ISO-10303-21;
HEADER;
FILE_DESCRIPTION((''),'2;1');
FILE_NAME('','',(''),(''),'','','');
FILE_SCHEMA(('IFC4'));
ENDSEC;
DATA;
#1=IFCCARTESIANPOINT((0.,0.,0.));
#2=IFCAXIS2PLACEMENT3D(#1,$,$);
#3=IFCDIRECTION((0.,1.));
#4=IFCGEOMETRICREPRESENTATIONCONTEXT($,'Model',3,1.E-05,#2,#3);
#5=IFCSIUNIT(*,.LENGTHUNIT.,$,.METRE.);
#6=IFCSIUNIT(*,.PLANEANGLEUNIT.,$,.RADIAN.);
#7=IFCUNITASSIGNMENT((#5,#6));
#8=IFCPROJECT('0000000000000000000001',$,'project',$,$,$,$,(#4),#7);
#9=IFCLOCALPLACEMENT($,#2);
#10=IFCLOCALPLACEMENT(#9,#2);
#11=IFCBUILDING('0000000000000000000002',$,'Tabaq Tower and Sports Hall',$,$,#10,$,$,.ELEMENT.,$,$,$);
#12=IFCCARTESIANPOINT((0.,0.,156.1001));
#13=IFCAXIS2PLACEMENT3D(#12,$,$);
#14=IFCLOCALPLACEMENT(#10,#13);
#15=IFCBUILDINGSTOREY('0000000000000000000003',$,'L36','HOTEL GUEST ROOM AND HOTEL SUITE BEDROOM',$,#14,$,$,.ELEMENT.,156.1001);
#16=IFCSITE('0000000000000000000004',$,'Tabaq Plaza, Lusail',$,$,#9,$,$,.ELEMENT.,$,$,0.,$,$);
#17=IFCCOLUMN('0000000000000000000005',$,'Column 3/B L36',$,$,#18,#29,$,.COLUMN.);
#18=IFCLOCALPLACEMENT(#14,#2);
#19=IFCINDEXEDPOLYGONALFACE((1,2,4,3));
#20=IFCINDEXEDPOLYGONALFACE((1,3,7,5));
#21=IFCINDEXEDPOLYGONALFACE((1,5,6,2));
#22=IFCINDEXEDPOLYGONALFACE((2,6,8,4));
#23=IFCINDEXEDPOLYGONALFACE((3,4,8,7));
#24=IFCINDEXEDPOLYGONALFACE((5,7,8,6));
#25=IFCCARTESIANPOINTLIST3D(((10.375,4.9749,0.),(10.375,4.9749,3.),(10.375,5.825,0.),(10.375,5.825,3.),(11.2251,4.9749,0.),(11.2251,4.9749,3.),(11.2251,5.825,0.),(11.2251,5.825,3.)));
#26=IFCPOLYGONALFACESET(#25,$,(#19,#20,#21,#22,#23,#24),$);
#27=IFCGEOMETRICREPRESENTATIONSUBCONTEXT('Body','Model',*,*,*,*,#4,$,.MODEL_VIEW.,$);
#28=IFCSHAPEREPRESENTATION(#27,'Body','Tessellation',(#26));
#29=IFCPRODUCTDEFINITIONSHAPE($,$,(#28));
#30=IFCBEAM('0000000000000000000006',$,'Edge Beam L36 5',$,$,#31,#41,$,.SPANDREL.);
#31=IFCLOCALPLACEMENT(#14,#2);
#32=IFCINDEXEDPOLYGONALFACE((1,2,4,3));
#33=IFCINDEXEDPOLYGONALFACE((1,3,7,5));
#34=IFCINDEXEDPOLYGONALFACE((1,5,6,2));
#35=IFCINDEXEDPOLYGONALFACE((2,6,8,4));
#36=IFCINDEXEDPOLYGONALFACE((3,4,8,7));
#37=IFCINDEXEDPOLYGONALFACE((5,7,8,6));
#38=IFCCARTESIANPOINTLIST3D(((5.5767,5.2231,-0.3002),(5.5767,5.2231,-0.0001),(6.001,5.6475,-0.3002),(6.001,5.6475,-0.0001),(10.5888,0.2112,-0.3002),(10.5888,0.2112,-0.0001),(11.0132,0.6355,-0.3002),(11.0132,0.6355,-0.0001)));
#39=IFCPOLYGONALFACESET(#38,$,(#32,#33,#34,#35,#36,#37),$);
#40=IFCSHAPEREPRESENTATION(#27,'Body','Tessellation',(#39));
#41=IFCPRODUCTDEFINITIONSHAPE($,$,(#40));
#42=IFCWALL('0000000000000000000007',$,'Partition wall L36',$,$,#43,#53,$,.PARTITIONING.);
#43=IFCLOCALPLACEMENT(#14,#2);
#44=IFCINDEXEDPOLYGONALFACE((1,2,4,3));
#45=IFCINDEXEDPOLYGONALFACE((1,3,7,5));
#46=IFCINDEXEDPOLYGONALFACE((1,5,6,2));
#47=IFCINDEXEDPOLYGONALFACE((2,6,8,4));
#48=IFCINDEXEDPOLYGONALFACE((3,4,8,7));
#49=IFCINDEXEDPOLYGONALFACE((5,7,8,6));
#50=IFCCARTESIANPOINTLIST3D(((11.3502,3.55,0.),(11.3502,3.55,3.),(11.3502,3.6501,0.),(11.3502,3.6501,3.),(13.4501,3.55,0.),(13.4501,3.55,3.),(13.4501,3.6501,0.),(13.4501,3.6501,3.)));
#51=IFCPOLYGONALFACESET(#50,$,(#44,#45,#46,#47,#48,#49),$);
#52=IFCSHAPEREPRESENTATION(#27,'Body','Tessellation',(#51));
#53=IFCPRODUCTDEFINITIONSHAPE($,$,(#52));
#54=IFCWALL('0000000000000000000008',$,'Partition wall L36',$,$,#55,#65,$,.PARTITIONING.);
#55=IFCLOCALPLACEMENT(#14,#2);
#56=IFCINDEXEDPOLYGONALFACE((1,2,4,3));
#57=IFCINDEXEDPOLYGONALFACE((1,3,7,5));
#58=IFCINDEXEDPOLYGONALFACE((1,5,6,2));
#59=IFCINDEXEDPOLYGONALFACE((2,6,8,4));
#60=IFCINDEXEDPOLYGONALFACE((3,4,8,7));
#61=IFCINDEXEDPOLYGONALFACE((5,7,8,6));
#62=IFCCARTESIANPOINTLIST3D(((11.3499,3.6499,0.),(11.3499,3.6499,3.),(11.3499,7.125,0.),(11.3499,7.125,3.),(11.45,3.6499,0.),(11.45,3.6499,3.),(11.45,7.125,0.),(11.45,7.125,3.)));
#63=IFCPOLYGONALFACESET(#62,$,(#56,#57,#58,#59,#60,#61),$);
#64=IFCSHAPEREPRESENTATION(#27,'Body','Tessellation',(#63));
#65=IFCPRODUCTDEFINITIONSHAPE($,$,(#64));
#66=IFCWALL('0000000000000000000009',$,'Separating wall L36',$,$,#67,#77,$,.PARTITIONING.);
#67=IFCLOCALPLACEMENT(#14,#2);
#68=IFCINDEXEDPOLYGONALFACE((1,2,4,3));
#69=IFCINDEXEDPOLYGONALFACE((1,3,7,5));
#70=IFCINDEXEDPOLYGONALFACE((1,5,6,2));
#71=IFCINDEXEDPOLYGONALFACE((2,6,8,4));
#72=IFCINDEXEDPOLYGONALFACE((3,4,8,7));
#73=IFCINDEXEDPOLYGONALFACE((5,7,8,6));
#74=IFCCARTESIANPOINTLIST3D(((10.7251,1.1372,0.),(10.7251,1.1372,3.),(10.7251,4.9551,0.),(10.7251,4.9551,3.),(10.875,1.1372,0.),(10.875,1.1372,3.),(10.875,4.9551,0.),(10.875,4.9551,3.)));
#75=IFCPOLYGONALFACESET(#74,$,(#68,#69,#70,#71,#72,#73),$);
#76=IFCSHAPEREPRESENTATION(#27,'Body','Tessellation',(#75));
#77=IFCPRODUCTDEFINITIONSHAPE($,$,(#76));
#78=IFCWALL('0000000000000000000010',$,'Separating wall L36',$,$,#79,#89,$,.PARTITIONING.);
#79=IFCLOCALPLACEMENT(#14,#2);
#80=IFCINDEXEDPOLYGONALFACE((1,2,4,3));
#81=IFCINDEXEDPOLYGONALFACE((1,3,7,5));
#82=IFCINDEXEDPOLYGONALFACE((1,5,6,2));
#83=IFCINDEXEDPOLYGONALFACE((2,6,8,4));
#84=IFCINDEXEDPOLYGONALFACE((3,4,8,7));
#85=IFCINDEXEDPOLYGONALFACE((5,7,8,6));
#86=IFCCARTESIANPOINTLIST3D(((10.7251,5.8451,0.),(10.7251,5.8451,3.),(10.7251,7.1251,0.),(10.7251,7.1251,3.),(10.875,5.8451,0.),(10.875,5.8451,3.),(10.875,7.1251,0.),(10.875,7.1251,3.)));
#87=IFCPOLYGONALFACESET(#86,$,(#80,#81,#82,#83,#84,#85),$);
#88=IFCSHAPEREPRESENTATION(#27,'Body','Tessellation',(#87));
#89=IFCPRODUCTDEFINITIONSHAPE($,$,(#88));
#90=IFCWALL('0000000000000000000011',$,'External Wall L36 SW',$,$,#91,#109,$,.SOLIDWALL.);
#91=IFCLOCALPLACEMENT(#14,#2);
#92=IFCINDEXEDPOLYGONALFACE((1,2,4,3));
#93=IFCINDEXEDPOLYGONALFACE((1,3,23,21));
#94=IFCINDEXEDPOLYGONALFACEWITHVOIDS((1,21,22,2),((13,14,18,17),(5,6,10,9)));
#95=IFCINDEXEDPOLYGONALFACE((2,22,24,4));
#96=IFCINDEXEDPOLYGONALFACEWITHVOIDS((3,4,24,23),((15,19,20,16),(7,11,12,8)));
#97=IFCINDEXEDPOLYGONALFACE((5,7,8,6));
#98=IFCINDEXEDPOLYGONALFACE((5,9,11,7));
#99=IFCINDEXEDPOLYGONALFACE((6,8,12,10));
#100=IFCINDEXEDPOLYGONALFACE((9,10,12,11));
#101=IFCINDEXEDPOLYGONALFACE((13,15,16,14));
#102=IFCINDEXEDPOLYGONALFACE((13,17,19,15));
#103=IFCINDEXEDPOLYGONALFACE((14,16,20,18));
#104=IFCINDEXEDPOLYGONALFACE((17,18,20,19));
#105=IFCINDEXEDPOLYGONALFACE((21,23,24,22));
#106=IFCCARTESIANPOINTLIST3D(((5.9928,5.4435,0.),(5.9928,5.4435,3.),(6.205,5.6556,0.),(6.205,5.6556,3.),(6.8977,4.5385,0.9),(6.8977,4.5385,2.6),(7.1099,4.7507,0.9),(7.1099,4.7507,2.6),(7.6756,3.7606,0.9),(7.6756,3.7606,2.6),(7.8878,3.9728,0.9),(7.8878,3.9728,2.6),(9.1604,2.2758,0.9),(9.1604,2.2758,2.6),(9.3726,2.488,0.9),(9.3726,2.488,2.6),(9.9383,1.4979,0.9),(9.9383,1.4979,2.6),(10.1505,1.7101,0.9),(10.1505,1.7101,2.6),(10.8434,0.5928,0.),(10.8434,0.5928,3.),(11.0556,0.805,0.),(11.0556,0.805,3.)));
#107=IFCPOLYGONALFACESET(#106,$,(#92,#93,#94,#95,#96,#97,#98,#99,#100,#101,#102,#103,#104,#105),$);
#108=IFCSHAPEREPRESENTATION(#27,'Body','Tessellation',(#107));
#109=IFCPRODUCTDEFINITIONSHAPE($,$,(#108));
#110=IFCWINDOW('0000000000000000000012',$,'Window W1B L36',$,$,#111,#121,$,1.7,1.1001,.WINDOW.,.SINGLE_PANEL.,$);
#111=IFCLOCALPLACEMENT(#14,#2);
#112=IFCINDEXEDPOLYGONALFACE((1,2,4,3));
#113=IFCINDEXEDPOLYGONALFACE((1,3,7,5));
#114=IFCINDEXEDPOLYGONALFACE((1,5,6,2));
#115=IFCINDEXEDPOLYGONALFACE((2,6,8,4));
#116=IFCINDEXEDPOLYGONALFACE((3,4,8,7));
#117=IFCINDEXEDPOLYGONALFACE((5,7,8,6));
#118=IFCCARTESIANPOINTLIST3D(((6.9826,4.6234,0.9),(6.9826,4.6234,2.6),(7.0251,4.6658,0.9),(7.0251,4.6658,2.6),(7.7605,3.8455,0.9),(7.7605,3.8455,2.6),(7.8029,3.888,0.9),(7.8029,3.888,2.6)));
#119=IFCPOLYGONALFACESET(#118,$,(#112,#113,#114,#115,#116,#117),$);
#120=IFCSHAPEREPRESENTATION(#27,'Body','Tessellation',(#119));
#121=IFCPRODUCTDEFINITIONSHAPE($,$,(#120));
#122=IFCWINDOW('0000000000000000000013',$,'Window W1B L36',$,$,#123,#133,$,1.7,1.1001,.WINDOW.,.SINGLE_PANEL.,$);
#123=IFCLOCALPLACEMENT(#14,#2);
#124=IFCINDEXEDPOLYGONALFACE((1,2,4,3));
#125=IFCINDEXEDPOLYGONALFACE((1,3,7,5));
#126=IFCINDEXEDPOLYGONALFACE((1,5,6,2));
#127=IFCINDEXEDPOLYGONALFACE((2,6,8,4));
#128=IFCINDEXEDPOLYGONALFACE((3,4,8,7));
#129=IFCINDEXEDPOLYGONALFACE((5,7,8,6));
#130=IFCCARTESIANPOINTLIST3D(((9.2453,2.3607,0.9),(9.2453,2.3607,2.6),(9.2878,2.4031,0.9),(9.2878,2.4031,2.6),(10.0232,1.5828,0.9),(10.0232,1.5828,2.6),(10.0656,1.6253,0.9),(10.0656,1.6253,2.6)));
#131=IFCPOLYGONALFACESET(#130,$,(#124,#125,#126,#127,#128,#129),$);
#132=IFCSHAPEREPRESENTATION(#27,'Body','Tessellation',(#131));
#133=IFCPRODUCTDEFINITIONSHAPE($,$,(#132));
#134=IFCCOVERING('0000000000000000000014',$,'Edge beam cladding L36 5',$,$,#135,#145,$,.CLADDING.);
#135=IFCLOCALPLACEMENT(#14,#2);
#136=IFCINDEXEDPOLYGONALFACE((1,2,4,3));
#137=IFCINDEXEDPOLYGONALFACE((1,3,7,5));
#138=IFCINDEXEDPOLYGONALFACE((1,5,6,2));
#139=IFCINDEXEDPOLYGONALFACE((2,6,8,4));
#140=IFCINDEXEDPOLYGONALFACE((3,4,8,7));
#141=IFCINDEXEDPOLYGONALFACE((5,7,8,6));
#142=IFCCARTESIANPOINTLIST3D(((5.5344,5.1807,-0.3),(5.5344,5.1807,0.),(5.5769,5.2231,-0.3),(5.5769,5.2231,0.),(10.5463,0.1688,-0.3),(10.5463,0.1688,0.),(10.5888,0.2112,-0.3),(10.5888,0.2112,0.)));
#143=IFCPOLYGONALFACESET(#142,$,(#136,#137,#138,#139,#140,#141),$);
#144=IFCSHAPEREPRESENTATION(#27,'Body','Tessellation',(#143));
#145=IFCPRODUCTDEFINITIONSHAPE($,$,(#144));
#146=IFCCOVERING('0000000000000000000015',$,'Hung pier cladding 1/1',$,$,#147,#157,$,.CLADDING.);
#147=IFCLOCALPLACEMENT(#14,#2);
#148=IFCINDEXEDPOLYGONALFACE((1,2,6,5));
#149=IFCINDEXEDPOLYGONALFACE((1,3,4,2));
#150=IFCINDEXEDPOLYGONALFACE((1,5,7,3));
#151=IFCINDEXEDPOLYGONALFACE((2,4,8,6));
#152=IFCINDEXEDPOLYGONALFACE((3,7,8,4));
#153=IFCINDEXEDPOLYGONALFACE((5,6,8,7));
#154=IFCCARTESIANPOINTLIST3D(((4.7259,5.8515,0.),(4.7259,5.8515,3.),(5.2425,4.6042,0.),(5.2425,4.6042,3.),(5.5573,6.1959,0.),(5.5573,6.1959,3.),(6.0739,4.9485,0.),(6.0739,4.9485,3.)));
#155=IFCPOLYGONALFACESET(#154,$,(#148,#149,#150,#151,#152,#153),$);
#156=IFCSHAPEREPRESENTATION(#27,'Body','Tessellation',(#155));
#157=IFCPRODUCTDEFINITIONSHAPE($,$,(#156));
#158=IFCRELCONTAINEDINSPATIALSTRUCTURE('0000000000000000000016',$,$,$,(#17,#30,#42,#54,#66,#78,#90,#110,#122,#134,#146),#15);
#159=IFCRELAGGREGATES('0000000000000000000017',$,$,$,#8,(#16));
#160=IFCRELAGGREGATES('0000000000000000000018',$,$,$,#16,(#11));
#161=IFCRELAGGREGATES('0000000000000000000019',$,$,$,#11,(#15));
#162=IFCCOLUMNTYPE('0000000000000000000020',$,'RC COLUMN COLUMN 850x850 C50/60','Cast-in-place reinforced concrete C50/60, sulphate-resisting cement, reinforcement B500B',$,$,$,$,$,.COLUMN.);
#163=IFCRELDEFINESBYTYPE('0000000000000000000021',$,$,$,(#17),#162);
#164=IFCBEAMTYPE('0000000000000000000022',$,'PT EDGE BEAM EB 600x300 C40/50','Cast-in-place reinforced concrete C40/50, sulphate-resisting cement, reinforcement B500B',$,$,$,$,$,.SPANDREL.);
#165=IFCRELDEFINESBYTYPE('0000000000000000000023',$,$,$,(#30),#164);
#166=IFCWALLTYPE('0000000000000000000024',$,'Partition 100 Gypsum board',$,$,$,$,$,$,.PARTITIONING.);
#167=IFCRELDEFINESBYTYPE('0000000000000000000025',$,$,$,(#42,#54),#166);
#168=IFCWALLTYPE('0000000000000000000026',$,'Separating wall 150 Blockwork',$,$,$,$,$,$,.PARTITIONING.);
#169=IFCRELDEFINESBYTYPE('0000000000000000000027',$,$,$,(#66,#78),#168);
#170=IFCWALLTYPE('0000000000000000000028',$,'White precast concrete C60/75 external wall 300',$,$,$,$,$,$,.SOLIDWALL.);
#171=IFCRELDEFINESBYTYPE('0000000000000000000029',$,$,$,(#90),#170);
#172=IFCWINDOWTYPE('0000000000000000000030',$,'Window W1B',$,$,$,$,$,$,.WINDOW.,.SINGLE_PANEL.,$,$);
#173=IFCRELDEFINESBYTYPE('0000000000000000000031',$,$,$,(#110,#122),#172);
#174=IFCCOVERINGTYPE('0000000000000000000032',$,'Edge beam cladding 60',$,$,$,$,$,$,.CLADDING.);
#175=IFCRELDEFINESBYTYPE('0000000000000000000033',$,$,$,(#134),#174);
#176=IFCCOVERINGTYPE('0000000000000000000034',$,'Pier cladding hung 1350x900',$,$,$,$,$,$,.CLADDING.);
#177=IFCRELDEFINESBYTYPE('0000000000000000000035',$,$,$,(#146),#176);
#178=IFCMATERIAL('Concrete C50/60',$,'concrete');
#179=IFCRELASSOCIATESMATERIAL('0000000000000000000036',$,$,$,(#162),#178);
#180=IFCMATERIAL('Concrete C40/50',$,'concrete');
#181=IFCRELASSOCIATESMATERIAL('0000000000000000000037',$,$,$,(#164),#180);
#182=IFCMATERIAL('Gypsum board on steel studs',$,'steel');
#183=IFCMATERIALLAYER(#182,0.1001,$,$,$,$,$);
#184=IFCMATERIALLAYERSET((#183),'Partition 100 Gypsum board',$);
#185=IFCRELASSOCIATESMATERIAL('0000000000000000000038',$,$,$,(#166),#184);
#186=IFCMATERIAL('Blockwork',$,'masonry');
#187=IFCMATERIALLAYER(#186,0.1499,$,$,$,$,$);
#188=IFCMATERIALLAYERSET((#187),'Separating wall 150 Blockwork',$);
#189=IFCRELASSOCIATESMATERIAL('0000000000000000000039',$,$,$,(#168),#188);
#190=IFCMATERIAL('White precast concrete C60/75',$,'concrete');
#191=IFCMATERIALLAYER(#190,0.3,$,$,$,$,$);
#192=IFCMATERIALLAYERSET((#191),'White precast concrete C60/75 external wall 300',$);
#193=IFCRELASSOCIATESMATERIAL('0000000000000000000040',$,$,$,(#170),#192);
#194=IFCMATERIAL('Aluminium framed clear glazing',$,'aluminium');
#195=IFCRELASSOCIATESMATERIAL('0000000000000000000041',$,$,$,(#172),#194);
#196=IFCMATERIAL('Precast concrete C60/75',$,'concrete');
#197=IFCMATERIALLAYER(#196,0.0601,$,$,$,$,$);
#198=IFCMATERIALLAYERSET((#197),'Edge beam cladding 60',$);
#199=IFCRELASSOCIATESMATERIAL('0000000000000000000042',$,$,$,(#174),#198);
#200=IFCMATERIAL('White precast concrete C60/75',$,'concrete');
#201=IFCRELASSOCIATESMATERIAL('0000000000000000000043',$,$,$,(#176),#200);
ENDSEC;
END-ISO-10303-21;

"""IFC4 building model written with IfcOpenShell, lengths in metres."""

from ifc_helpers import new_model, si_unit, direction, frame, frame_2d, origin, origin_2d, place, context, subcontext, project, spatial, rectangle, extrude, material, layer, layer_set, material_profile, profile_set, type_object, element, fill, save


model = new_model("IFC4")

# Units and contexts
model_context = context("Model", 3, precision=1e-05, world=origin(), true_north=direction((0.0, 1.0)))
body_context = subcontext(model_context, "Body", "Model", "MODEL_VIEW")
ifc_project = project(units=[si_unit("LENGTHUNIT", "METRE"), si_unit("PLANEANGLEUNIT", "RADIAN")], contexts=[model_context])

# Site, building, storey
site_placement = place(None, origin())
site = spatial("IfcSite", under=ifc_project, at=site_placement, Name="Tabaq Plaza, Lusail", CompositionType="ELEMENT", RefElevation=0.0)
building_placement = place(site_placement, origin())
building = spatial("IfcBuilding", under=site, at=building_placement, Name="Tabaq Tower and Sports Hall", CompositionType="ELEMENT")
storey_placement = place(building_placement, frame((0.0, 0.0, 156.1001)))
storey = spatial("IfcBuildingStorey", under=building, at=storey_placement, Name="L36", Description="HOTEL GUEST ROOM AND HOTEL SUITE BEDROOM", CompositionType="ELEMENT", Elevation=156.1001)

# Column
ifc_material_1 = material(Name="Concrete C50/60", Category="concrete")
ifc_material_profile_1 = material_profile(ifc_material_1, rectangle(XDim=0.8501, YDim=0.8501, at=origin_2d()), Name="COLUMN 850x850")
ifc_profile_set_1 = profile_set([ifc_material_profile_1], Name="Concrete C50/60")
column_type = type_object("IfcColumnType", Name="RC COLUMN COLUMN 850x850 C50/60", Description="Cast-in-place reinforced concrete C50/60, sulphate-resisting cement, reinforcement B500B", PredefinedType="COLUMN", material=ifc_profile_set_1)
column_placement = place(storey_placement, frame((10.8, 5.3999, 0.0), z_axis=(0.0, 0.0, 1.0), x_axis=(1.0, 0.0, 0.0)))
element("IfcColumn", 1, at=column_placement, inside=storey, type_object=column_type, Name="Column 3/B L36", PredefinedType="COLUMN", context=body_context, shape_type="SweptSolid", body=[
    extrude(rectangle(XDim=0.8501, YDim=0.8501, at=origin_2d()), origin(), (0.0, 0.0, 1.0), 3.0),
])

# Beam
ifc_material_2 = material(Name="Concrete C40/50", Category="concrete")
ifc_material_profile_2 = material_profile(ifc_material_2, rectangle(XDim=0.6001, YDim=0.3, at=origin_2d()), Name="EB 600x300")
ifc_profile_set_2 = profile_set([ifc_material_profile_2], Name="Concrete C40/50")
beam_type = type_object("IfcBeamType", Name="PT EDGE BEAM EB 600x300 C40/50", Description="Cast-in-place reinforced concrete C40/50, sulphate-resisting cement, reinforcement B500B", PredefinedType="SPANDREL", material=ifc_profile_set_2)
beam_placement = place(storey_placement, frame((5.7888, 5.4353, -0.1501), z_axis=(0.707124, -0.70709, 0.0), x_axis=(0.70709, 0.707124, 0.0)))
element("IfcBeam", 2, at=beam_placement, inside=storey, type_object=beam_type, Name="Edge Beam L36 5", PredefinedType="SPANDREL", context=body_context, shape_type="SweptSolid", body=[
    extrude(rectangle(XDim=0.6001, YDim=0.3, at=origin_2d()), origin(), (0.0, 0.0, 1.0), 7.0881),
])

# Walls
ifc_material_3 = material(Name="Gypsum board on steel studs", Category="steel")
ifc_layer_1 = layer(ifc_material_3, 0.1001)
ifc_layer_set_1 = layer_set([ifc_layer_1], Name="Partition 100 Gypsum board")
wall_type_1 = type_object("IfcWallType", Name="Partition 100 Gypsum board", PredefinedType="PARTITIONING", material=ifc_layer_set_1)
wall_1_placement = place(storey_placement, frame((13.45, 3.6001, 0.0), z_axis=(0.0, 0.0, 1.0), x_axis=(-1.0, 0.0, 0.0)))
element("IfcWall", 3, at=wall_1_placement, inside=storey, type_object=wall_type_1, Name="Partition wall L36", PredefinedType="PARTITIONING", context=body_context, shape_type="SweptSolid", body=[
    extrude(rectangle(XDim=2.0999, YDim=0.1001, at=frame_2d((1.0498, 0.0))), origin(), (0.0, 0.0, 1.0), 3.0),
])
wall_2_placement = place(storey_placement, frame((11.3999, 3.6499, 0.0), z_axis=(0.0, 0.0, 1.0), x_axis=(0.0, 1.0, 0.0)))
element("IfcWall", 4, at=wall_2_placement, inside=storey, type_object=wall_type_1, Name="Partition wall L36", PredefinedType="PARTITIONING", context=body_context, shape_type="SweptSolid", body=[
    extrude(rectangle(XDim=3.4751, YDim=0.1001, at=frame_2d((1.7375, 0.0))), origin(), (0.0, 0.0, 1.0), 3.0),
])
ifc_material_4 = material(Name="Blockwork", Category="masonry")
ifc_layer_2 = layer(ifc_material_4, 0.1499)
ifc_layer_set_2 = layer_set([ifc_layer_2], Name="Separating wall 150 Blockwork")
wall_type_2 = type_object("IfcWallType", Name="Separating wall 150 Blockwork", PredefinedType="PARTITIONING", material=ifc_layer_set_2)
wall_3_placement = place(storey_placement, frame((10.8, 1.1372, 0.0), z_axis=(0.0, 0.0, 1.0), x_axis=(0.0, 1.0, 0.0)))
element("IfcWall", 5, at=wall_3_placement, inside=storey, type_object=wall_type_2, Name="Separating wall L36", PredefinedType="PARTITIONING", context=body_context, shape_type="SweptSolid", body=[
    extrude(rectangle(XDim=3.8179, YDim=0.1499, at=frame_2d((1.9089, 0.0))), origin(), (0.0, 0.0, 1.0), 3.0),
])
wall_4_placement = place(storey_placement, frame((10.8, 5.845, 0.0), z_axis=(0.0, 0.0, 1.0), x_axis=(0.0, 1.0, 0.0)))
element("IfcWall", 6, at=wall_4_placement, inside=storey, type_object=wall_type_2, Name="Separating wall L36", PredefinedType="PARTITIONING", context=body_context, shape_type="SweptSolid", body=[
    extrude(rectangle(XDim=1.28, YDim=0.1499, at=frame_2d((0.6401, 0.0))), origin(), (0.0, 0.0, 1.0), 3.0),
])

# Wall, openings, windows
ifc_material_5 = material(Name="White precast concrete C60/75", Category="concrete")
ifc_layer_3 = layer(ifc_material_5, 0.3)
ifc_layer_set_3 = layer_set([ifc_layer_3], Name="White precast concrete C60/75 external wall 300")
wall_type_3 = type_object("IfcWallType", Name="White precast concrete C60/75 external wall 300", PredefinedType="SOLIDWALL", material=ifc_layer_set_3)
wall_5_placement = place(storey_placement, frame((6.0989, 5.5496, 0.0), z_axis=(0.0, 0.0, 1.0), x_axis=(0.707107, -0.707107, 0.0)))
wall_5 = element("IfcWall", 7, at=wall_5_placement, inside=storey, type_object=wall_type_3, Name="External Wall L36 SW", PredefinedType="SOLIDWALL", context=body_context, shape_type="SweptSolid", body=[
    extrude(rectangle(XDim=6.8599, YDim=0.3, at=frame_2d((3.4299, 0.0))), origin(), (0.0, 0.0, 1.0), 3.0),
])
opening_1_placement = place(wall_5_placement, frame((1.2798, 0.0, 0.8999)))
opening_1 = element("IfcOpeningElement", 8, at=opening_1_placement, cuts=wall_5, PredefinedType="OPENING", context=body_context, shape_type="SweptSolid", body=[
    extrude(rectangle(XDim=1.1001, YDim=1.7, at=frame_2d((0.55, 0.8501))), frame((0.0, 0.1602, 0.0), z_axis=(0.0, -1.0, 0.0), x_axis=(1.0, 0.0, 0.0)), (0.0, 0.0, 1.0), 0.3201),
])
opening_2_placement = place(wall_5_placement, frame((4.4797, 0.0, 0.8999)))
opening_2 = element("IfcOpeningElement", 9, at=opening_2_placement, cuts=wall_5, PredefinedType="OPENING", context=body_context, shape_type="SweptSolid", body=[
    extrude(rectangle(XDim=1.1001, YDim=1.7, at=frame_2d((0.55, 0.8501))), frame((0.0, 0.1602, 0.0), z_axis=(0.0, -1.0, 0.0), x_axis=(1.0, 0.0, 0.0)), (0.0, 0.0, 1.0), 0.3201),
])
ifc_material_6 = material(Name="Aluminium framed clear glazing", Category="aluminium")
window_type = type_object("IfcWindowType", Name="Window W1B", PartitioningType="SINGLE_PANEL", PredefinedType="WINDOW", material=ifc_material_6)
window_1_placement = place(opening_1_placement, origin())
window_1 = element("IfcWindow", 10, at=window_1_placement, inside=storey, type_object=window_type, Name="Window W1B L36", OverallHeight=1.7, OverallWidth=1.1001, PartitioningType="SINGLE_PANEL", PredefinedType="WINDOW", context=body_context, shape_type="SweptSolid", body=[
    extrude(rectangle(XDim=1.1001, YDim=1.7, at=frame_2d((0.55, 0.8501))), frame((0.0, 0.03, 0.0), z_axis=(0.0, -1.0, 0.0), x_axis=(1.0, 0.0, 0.0)), (0.0, 0.0, 1.0), 0.0601),
])
fill(opening_1, window_1)
window_2_placement = place(opening_2_placement, origin())
window_2 = element("IfcWindow", 11, at=window_2_placement, inside=storey, type_object=window_type, Name="Window W1B L36", OverallHeight=1.7, OverallWidth=1.1001, PartitioningType="SINGLE_PANEL", PredefinedType="WINDOW", context=body_context, shape_type="SweptSolid", body=[
    extrude(rectangle(XDim=1.1001, YDim=1.7, at=frame_2d((0.55, 0.8501))), frame((0.0, 0.03, 0.0), z_axis=(0.0, -1.0, 0.0), x_axis=(1.0, 0.0, 0.0)), (0.0, 0.0, 1.0), 0.0601),
])
fill(opening_2, window_2)

# Coverings
ifc_material_7 = material(Name="Precast concrete C60/75", Category="concrete")
ifc_layer_4 = layer(ifc_material_7, 0.0601)
ifc_layer_set_4 = layer_set([ifc_layer_4], Name="Edge beam cladding 60")
covering_type_1 = type_object("IfcCoveringType", Name="Edge beam cladding 60", PredefinedType="CLADDING", material=ifc_layer_set_4)
covering_1_placement = place(storey_placement, frame((5.5557, 5.2019, -0.3), z_axis=(0.0, 0.0, 1.0), x_axis=(0.707107, -0.707107, 0.0)))
element("IfcCovering", 12, at=covering_1_placement, inside=storey, type_object=covering_type_1, Name="Edge beam cladding L36 5", PredefinedType="CLADDING", context=body_context, shape_type="SweptSolid", body=[
    extrude(rectangle(XDim=7.0879, YDim=0.0601, at=frame_2d((3.5439, 0.0))), origin(), (0.0, 0.0, 1.0), 0.3),
])
ifc_material_8 = material(Name="White precast concrete C60/75", Category="concrete")
covering_type_2 = type_object("IfcCoveringType", Name="Pier cladding hung 1350x900", PredefinedType="CLADDING", material=ifc_material_8)
covering_2_placement = place(storey_placement, frame((5.1416, 6.0237, 0.0), z_axis=(0.0, 0.0, 1.0), x_axis=(0.38265, -0.923893, 0.0)))
element("IfcCovering", 13, at=covering_2_placement, inside=storey, type_object=covering_type_2, Name="Hung pier cladding 1/1", PredefinedType="CLADDING", context=body_context, shape_type="SweptSolid", body=[
    extrude(rectangle(XDim=1.3501, YDim=0.8999, at=frame_2d((0.675, 0.0))), origin(), (0.0, 0.0, 1.0), 3.0),
])

save(model, "model.ifc")
